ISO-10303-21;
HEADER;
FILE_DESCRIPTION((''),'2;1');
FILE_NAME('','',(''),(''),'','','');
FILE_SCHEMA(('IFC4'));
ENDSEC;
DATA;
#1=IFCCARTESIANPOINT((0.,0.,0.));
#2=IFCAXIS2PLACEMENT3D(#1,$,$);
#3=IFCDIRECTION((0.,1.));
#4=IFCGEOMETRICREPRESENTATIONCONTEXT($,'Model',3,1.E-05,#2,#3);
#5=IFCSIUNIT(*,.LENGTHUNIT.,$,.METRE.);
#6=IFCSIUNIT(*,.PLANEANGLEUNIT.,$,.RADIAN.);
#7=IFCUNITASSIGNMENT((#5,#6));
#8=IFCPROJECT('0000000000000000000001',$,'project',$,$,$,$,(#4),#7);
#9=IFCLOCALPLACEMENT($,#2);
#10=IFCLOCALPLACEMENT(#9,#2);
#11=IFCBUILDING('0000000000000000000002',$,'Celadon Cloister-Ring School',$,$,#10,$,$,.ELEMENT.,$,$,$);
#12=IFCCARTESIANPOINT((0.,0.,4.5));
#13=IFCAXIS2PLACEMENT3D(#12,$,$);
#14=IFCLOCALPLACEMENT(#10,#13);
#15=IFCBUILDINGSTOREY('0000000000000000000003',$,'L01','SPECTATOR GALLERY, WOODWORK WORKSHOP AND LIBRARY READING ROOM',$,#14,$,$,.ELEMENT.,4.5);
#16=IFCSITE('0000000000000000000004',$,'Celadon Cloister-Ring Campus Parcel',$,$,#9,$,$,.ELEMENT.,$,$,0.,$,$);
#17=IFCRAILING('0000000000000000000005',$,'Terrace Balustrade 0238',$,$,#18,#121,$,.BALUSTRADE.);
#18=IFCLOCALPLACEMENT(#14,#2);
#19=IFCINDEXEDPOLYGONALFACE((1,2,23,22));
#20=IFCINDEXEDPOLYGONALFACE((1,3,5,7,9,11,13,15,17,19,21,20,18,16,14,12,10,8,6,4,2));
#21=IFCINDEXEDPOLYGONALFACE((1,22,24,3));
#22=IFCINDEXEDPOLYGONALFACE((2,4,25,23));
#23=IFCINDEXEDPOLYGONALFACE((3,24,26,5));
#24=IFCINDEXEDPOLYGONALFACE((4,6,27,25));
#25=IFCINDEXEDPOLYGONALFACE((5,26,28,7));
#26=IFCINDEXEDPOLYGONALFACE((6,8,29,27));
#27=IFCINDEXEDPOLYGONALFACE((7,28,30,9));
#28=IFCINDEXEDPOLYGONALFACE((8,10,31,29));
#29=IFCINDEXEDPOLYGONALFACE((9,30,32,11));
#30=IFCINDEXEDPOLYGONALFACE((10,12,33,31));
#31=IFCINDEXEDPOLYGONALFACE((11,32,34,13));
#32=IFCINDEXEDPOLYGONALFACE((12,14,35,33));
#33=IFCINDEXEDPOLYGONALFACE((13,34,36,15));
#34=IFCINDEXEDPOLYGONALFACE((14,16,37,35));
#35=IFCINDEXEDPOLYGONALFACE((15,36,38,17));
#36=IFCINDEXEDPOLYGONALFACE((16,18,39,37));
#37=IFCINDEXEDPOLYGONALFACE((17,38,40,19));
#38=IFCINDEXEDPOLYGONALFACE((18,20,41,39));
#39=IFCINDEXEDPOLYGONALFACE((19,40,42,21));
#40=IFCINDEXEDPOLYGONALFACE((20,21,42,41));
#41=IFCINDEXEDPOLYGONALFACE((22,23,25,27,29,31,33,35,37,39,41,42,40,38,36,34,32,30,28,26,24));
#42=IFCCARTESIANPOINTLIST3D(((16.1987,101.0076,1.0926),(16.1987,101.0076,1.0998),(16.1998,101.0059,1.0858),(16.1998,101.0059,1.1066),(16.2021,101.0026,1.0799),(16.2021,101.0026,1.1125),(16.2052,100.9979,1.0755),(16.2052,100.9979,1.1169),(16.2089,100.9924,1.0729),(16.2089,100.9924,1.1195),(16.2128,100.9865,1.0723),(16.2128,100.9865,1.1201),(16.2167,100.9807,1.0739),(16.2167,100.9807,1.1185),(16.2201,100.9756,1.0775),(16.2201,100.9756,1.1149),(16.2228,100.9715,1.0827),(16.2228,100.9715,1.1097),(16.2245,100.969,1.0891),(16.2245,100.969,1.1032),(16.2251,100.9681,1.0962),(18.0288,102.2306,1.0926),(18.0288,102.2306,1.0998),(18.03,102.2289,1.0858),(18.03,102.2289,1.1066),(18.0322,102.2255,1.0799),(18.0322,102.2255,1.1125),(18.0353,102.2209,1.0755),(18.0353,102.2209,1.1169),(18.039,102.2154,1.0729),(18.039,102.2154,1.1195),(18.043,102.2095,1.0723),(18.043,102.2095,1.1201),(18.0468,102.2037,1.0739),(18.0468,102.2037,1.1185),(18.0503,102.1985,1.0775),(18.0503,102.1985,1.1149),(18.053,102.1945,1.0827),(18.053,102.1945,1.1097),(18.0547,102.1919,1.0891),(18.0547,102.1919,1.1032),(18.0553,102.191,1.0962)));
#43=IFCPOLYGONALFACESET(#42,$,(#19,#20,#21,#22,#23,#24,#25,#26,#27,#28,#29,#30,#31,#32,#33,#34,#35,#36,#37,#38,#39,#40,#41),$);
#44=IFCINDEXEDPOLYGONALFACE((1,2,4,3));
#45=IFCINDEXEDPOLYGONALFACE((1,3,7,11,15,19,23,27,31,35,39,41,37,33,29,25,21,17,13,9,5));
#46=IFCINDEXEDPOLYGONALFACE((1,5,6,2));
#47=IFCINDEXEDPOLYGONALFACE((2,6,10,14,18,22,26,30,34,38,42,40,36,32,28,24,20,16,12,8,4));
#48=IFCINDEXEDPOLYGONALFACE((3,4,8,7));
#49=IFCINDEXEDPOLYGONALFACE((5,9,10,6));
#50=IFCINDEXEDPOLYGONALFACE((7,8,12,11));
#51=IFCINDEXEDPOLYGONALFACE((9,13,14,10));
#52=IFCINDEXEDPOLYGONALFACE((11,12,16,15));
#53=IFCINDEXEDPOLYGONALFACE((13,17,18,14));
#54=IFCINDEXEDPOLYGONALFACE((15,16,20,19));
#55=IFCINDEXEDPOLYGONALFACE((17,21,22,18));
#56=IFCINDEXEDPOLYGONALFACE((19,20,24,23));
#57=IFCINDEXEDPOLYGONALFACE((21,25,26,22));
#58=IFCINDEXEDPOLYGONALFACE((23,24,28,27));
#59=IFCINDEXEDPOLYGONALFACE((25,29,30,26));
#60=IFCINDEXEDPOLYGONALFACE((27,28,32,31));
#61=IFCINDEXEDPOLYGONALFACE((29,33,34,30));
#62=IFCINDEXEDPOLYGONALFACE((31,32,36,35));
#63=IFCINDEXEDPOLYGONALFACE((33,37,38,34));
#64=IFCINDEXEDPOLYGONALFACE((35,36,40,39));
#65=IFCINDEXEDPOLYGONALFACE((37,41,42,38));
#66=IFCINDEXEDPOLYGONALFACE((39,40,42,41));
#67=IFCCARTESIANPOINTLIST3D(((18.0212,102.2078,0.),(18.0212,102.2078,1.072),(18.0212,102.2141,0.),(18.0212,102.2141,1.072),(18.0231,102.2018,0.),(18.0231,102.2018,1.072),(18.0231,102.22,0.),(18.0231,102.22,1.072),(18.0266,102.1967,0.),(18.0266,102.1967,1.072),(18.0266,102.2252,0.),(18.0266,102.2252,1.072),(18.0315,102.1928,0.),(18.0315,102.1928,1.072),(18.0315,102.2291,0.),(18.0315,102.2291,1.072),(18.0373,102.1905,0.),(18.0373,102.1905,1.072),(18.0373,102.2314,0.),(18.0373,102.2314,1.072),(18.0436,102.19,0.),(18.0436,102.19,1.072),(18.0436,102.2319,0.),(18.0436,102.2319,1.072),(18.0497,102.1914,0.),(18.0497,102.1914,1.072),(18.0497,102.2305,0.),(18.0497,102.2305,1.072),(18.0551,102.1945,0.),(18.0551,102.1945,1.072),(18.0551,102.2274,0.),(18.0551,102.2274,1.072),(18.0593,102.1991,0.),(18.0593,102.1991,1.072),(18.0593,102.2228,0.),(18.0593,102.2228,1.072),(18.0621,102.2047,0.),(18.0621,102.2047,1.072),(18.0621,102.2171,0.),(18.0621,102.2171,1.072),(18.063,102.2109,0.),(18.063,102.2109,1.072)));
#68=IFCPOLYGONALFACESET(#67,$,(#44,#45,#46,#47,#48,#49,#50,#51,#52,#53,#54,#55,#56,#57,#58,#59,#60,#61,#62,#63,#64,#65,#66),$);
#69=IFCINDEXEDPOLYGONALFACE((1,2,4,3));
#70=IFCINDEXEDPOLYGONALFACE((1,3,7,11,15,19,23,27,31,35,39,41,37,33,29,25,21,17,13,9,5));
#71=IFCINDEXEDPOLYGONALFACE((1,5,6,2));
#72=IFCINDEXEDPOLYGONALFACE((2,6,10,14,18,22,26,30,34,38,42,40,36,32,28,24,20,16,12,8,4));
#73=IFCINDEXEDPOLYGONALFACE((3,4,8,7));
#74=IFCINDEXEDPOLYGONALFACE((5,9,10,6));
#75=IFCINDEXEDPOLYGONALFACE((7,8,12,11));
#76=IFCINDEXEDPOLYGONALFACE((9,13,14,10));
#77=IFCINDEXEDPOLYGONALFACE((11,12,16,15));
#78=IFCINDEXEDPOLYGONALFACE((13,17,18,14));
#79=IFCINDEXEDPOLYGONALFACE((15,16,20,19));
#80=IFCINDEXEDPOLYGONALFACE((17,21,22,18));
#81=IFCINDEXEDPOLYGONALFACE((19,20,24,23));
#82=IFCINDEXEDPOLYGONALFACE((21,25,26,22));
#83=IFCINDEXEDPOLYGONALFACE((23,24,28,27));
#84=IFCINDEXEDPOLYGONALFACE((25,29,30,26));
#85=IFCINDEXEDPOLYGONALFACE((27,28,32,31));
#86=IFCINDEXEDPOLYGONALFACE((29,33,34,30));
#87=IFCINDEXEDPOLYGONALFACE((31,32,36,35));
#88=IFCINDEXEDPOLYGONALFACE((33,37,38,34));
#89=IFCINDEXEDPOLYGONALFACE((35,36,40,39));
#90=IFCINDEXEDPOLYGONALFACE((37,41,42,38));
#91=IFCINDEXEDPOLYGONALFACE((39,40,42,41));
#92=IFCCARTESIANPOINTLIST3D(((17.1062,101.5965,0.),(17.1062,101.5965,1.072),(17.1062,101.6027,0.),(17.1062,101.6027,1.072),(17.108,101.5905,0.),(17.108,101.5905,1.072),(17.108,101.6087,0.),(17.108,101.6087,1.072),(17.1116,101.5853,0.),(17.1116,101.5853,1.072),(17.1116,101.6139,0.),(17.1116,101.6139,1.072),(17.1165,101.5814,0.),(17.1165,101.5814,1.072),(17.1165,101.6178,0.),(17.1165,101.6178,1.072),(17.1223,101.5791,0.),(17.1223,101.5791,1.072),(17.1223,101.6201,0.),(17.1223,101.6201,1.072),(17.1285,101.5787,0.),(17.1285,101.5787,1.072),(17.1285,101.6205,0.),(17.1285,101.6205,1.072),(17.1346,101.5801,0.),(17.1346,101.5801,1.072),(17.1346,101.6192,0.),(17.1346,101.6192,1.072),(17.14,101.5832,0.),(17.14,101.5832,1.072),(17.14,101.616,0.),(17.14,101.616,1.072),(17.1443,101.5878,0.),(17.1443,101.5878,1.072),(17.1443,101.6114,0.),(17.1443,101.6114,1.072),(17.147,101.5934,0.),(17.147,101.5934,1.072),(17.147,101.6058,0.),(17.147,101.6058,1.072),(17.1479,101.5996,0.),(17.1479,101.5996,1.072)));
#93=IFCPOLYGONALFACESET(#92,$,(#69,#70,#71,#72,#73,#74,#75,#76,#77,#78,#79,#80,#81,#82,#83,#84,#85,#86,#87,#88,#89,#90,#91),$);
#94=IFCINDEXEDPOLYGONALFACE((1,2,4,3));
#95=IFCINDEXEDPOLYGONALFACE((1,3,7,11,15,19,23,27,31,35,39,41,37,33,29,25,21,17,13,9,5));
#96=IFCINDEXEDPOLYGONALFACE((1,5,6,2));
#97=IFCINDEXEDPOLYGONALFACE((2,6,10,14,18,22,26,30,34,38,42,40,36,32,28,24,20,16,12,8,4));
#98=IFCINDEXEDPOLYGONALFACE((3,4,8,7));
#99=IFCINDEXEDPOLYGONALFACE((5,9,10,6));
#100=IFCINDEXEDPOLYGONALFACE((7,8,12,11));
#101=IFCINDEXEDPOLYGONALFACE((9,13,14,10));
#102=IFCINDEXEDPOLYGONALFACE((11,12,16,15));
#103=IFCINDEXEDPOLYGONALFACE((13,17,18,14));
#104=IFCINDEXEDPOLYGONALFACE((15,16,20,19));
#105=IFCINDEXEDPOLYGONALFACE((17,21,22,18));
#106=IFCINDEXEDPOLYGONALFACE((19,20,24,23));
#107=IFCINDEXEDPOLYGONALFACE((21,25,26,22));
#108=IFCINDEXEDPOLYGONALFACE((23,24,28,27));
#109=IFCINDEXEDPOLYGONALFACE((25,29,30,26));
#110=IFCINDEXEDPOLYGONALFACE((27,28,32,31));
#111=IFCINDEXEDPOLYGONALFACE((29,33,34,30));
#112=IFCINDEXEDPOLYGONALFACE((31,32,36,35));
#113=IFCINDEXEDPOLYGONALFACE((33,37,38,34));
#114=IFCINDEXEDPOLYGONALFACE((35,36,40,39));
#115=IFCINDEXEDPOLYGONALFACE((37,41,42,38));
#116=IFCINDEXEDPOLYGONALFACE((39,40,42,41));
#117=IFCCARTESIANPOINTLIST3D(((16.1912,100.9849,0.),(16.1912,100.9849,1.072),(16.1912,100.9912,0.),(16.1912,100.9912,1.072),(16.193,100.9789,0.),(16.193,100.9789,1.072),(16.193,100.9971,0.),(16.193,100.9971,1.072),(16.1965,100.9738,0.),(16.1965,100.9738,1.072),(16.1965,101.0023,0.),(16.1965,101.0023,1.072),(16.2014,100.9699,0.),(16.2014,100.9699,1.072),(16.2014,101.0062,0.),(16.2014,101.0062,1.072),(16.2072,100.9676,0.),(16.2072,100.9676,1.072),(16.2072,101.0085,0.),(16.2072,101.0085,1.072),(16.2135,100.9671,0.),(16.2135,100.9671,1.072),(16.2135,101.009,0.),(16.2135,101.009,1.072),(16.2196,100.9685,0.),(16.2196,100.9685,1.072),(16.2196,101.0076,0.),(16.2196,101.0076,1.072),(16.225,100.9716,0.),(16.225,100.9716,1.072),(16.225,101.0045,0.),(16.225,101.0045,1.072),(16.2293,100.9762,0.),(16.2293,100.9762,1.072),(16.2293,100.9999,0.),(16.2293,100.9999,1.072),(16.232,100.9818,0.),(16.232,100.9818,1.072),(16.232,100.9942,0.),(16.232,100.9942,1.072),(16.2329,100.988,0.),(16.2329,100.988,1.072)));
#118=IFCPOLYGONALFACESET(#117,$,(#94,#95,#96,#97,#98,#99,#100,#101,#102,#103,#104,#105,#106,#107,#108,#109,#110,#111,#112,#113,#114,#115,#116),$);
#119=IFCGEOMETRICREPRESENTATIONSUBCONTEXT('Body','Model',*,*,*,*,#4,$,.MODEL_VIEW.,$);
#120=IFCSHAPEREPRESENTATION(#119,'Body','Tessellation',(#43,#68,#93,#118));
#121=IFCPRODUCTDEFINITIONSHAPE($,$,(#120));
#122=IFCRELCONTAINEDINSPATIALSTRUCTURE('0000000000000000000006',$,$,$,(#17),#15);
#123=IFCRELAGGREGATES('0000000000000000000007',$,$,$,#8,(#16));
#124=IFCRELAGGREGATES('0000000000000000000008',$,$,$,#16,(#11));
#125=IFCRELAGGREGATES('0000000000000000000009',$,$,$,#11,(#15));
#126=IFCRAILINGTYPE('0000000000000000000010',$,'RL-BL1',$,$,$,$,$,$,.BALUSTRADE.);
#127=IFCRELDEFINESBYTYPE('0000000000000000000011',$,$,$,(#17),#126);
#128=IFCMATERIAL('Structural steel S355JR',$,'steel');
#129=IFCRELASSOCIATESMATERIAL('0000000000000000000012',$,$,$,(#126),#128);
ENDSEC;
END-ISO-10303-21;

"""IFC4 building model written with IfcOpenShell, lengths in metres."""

from ifc_helpers import new_model, si_unit, direction, frame, origin, origin_2d, place, context, subcontext, project, spatial, circle, extrude, material, type_object, element, save


model = new_model("IFC4")

# Units and contexts
model_context = context("Model", 3, precision=1e-05, world=origin(), true_north=direction((0.0, 1.0)))
body_context = subcontext(model_context, "Body", "Model", "MODEL_VIEW")
ifc_project = project(units=[si_unit("LENGTHUNIT", "METRE"), si_unit("PLANEANGLEUNIT", "RADIAN")], contexts=[model_context])

# Site, building, storey
site_placement = place(None, origin())
site = spatial("IfcSite", under=ifc_project, at=site_placement, Name="Celadon Cloister-Ring Campus Parcel", CompositionType="ELEMENT", RefElevation=0.0)
building_placement = place(site_placement, origin())
building = spatial("IfcBuilding", under=site, at=building_placement, Name="Celadon Cloister-Ring School", CompositionType="ELEMENT")
storey_placement = place(building_placement, frame((0.0, 0.0, 4.5)))
storey = spatial("IfcBuildingStorey", under=building, at=storey_placement, Name="L01", Description="SPECTATOR GALLERY, WOODWORK WORKSHOP AND LIBRARY READING ROOM", CompositionType="ELEMENT", Elevation=4.5)

# Railing
ifc_material_1 = material(Name="Structural steel S355JR", Category="steel")
railing_type = type_object("IfcRailingType", Name="RL-BL1", PredefinedType="BALUSTRADE", material=ifc_material_1)
railing_1_placement = place(storey_placement, frame((18.042, 102.2109, 0.0)))
element("IfcRailing", 1, at=railing_1_placement, inside=storey, type_object=railing_type, Name="Terrace Balustrade 0238", PredefinedType="BALUSTRADE", context=body_context, shape_type="SweptSolid", body=[
    extrude(circle(Radius=0.0239, at=origin_2d()), frame((0.0, 0.0, 1.0962), z_axis=(-0.831453, -0.555596, 0.0), x_axis=(0.555596, -0.831453, 0.0)), (0.0, 0.0, 1.0), 2.2012),
    extrude(circle(Radius=0.021, at=origin_2d()), origin(), (0.0, 0.0, 1.0), 1.072),
    extrude(circle(Radius=0.021, at=origin_2d()), frame((-0.915, -0.6113, 0.0)), (0.0, 0.0, 1.0), 1.072),
    extrude(circle(Radius=0.021, at=origin_2d()), frame((-1.8301, -1.2229, 0.0)), (0.0, 0.0, 1.0), 1.072),
])

save(model, "model.ifc")
